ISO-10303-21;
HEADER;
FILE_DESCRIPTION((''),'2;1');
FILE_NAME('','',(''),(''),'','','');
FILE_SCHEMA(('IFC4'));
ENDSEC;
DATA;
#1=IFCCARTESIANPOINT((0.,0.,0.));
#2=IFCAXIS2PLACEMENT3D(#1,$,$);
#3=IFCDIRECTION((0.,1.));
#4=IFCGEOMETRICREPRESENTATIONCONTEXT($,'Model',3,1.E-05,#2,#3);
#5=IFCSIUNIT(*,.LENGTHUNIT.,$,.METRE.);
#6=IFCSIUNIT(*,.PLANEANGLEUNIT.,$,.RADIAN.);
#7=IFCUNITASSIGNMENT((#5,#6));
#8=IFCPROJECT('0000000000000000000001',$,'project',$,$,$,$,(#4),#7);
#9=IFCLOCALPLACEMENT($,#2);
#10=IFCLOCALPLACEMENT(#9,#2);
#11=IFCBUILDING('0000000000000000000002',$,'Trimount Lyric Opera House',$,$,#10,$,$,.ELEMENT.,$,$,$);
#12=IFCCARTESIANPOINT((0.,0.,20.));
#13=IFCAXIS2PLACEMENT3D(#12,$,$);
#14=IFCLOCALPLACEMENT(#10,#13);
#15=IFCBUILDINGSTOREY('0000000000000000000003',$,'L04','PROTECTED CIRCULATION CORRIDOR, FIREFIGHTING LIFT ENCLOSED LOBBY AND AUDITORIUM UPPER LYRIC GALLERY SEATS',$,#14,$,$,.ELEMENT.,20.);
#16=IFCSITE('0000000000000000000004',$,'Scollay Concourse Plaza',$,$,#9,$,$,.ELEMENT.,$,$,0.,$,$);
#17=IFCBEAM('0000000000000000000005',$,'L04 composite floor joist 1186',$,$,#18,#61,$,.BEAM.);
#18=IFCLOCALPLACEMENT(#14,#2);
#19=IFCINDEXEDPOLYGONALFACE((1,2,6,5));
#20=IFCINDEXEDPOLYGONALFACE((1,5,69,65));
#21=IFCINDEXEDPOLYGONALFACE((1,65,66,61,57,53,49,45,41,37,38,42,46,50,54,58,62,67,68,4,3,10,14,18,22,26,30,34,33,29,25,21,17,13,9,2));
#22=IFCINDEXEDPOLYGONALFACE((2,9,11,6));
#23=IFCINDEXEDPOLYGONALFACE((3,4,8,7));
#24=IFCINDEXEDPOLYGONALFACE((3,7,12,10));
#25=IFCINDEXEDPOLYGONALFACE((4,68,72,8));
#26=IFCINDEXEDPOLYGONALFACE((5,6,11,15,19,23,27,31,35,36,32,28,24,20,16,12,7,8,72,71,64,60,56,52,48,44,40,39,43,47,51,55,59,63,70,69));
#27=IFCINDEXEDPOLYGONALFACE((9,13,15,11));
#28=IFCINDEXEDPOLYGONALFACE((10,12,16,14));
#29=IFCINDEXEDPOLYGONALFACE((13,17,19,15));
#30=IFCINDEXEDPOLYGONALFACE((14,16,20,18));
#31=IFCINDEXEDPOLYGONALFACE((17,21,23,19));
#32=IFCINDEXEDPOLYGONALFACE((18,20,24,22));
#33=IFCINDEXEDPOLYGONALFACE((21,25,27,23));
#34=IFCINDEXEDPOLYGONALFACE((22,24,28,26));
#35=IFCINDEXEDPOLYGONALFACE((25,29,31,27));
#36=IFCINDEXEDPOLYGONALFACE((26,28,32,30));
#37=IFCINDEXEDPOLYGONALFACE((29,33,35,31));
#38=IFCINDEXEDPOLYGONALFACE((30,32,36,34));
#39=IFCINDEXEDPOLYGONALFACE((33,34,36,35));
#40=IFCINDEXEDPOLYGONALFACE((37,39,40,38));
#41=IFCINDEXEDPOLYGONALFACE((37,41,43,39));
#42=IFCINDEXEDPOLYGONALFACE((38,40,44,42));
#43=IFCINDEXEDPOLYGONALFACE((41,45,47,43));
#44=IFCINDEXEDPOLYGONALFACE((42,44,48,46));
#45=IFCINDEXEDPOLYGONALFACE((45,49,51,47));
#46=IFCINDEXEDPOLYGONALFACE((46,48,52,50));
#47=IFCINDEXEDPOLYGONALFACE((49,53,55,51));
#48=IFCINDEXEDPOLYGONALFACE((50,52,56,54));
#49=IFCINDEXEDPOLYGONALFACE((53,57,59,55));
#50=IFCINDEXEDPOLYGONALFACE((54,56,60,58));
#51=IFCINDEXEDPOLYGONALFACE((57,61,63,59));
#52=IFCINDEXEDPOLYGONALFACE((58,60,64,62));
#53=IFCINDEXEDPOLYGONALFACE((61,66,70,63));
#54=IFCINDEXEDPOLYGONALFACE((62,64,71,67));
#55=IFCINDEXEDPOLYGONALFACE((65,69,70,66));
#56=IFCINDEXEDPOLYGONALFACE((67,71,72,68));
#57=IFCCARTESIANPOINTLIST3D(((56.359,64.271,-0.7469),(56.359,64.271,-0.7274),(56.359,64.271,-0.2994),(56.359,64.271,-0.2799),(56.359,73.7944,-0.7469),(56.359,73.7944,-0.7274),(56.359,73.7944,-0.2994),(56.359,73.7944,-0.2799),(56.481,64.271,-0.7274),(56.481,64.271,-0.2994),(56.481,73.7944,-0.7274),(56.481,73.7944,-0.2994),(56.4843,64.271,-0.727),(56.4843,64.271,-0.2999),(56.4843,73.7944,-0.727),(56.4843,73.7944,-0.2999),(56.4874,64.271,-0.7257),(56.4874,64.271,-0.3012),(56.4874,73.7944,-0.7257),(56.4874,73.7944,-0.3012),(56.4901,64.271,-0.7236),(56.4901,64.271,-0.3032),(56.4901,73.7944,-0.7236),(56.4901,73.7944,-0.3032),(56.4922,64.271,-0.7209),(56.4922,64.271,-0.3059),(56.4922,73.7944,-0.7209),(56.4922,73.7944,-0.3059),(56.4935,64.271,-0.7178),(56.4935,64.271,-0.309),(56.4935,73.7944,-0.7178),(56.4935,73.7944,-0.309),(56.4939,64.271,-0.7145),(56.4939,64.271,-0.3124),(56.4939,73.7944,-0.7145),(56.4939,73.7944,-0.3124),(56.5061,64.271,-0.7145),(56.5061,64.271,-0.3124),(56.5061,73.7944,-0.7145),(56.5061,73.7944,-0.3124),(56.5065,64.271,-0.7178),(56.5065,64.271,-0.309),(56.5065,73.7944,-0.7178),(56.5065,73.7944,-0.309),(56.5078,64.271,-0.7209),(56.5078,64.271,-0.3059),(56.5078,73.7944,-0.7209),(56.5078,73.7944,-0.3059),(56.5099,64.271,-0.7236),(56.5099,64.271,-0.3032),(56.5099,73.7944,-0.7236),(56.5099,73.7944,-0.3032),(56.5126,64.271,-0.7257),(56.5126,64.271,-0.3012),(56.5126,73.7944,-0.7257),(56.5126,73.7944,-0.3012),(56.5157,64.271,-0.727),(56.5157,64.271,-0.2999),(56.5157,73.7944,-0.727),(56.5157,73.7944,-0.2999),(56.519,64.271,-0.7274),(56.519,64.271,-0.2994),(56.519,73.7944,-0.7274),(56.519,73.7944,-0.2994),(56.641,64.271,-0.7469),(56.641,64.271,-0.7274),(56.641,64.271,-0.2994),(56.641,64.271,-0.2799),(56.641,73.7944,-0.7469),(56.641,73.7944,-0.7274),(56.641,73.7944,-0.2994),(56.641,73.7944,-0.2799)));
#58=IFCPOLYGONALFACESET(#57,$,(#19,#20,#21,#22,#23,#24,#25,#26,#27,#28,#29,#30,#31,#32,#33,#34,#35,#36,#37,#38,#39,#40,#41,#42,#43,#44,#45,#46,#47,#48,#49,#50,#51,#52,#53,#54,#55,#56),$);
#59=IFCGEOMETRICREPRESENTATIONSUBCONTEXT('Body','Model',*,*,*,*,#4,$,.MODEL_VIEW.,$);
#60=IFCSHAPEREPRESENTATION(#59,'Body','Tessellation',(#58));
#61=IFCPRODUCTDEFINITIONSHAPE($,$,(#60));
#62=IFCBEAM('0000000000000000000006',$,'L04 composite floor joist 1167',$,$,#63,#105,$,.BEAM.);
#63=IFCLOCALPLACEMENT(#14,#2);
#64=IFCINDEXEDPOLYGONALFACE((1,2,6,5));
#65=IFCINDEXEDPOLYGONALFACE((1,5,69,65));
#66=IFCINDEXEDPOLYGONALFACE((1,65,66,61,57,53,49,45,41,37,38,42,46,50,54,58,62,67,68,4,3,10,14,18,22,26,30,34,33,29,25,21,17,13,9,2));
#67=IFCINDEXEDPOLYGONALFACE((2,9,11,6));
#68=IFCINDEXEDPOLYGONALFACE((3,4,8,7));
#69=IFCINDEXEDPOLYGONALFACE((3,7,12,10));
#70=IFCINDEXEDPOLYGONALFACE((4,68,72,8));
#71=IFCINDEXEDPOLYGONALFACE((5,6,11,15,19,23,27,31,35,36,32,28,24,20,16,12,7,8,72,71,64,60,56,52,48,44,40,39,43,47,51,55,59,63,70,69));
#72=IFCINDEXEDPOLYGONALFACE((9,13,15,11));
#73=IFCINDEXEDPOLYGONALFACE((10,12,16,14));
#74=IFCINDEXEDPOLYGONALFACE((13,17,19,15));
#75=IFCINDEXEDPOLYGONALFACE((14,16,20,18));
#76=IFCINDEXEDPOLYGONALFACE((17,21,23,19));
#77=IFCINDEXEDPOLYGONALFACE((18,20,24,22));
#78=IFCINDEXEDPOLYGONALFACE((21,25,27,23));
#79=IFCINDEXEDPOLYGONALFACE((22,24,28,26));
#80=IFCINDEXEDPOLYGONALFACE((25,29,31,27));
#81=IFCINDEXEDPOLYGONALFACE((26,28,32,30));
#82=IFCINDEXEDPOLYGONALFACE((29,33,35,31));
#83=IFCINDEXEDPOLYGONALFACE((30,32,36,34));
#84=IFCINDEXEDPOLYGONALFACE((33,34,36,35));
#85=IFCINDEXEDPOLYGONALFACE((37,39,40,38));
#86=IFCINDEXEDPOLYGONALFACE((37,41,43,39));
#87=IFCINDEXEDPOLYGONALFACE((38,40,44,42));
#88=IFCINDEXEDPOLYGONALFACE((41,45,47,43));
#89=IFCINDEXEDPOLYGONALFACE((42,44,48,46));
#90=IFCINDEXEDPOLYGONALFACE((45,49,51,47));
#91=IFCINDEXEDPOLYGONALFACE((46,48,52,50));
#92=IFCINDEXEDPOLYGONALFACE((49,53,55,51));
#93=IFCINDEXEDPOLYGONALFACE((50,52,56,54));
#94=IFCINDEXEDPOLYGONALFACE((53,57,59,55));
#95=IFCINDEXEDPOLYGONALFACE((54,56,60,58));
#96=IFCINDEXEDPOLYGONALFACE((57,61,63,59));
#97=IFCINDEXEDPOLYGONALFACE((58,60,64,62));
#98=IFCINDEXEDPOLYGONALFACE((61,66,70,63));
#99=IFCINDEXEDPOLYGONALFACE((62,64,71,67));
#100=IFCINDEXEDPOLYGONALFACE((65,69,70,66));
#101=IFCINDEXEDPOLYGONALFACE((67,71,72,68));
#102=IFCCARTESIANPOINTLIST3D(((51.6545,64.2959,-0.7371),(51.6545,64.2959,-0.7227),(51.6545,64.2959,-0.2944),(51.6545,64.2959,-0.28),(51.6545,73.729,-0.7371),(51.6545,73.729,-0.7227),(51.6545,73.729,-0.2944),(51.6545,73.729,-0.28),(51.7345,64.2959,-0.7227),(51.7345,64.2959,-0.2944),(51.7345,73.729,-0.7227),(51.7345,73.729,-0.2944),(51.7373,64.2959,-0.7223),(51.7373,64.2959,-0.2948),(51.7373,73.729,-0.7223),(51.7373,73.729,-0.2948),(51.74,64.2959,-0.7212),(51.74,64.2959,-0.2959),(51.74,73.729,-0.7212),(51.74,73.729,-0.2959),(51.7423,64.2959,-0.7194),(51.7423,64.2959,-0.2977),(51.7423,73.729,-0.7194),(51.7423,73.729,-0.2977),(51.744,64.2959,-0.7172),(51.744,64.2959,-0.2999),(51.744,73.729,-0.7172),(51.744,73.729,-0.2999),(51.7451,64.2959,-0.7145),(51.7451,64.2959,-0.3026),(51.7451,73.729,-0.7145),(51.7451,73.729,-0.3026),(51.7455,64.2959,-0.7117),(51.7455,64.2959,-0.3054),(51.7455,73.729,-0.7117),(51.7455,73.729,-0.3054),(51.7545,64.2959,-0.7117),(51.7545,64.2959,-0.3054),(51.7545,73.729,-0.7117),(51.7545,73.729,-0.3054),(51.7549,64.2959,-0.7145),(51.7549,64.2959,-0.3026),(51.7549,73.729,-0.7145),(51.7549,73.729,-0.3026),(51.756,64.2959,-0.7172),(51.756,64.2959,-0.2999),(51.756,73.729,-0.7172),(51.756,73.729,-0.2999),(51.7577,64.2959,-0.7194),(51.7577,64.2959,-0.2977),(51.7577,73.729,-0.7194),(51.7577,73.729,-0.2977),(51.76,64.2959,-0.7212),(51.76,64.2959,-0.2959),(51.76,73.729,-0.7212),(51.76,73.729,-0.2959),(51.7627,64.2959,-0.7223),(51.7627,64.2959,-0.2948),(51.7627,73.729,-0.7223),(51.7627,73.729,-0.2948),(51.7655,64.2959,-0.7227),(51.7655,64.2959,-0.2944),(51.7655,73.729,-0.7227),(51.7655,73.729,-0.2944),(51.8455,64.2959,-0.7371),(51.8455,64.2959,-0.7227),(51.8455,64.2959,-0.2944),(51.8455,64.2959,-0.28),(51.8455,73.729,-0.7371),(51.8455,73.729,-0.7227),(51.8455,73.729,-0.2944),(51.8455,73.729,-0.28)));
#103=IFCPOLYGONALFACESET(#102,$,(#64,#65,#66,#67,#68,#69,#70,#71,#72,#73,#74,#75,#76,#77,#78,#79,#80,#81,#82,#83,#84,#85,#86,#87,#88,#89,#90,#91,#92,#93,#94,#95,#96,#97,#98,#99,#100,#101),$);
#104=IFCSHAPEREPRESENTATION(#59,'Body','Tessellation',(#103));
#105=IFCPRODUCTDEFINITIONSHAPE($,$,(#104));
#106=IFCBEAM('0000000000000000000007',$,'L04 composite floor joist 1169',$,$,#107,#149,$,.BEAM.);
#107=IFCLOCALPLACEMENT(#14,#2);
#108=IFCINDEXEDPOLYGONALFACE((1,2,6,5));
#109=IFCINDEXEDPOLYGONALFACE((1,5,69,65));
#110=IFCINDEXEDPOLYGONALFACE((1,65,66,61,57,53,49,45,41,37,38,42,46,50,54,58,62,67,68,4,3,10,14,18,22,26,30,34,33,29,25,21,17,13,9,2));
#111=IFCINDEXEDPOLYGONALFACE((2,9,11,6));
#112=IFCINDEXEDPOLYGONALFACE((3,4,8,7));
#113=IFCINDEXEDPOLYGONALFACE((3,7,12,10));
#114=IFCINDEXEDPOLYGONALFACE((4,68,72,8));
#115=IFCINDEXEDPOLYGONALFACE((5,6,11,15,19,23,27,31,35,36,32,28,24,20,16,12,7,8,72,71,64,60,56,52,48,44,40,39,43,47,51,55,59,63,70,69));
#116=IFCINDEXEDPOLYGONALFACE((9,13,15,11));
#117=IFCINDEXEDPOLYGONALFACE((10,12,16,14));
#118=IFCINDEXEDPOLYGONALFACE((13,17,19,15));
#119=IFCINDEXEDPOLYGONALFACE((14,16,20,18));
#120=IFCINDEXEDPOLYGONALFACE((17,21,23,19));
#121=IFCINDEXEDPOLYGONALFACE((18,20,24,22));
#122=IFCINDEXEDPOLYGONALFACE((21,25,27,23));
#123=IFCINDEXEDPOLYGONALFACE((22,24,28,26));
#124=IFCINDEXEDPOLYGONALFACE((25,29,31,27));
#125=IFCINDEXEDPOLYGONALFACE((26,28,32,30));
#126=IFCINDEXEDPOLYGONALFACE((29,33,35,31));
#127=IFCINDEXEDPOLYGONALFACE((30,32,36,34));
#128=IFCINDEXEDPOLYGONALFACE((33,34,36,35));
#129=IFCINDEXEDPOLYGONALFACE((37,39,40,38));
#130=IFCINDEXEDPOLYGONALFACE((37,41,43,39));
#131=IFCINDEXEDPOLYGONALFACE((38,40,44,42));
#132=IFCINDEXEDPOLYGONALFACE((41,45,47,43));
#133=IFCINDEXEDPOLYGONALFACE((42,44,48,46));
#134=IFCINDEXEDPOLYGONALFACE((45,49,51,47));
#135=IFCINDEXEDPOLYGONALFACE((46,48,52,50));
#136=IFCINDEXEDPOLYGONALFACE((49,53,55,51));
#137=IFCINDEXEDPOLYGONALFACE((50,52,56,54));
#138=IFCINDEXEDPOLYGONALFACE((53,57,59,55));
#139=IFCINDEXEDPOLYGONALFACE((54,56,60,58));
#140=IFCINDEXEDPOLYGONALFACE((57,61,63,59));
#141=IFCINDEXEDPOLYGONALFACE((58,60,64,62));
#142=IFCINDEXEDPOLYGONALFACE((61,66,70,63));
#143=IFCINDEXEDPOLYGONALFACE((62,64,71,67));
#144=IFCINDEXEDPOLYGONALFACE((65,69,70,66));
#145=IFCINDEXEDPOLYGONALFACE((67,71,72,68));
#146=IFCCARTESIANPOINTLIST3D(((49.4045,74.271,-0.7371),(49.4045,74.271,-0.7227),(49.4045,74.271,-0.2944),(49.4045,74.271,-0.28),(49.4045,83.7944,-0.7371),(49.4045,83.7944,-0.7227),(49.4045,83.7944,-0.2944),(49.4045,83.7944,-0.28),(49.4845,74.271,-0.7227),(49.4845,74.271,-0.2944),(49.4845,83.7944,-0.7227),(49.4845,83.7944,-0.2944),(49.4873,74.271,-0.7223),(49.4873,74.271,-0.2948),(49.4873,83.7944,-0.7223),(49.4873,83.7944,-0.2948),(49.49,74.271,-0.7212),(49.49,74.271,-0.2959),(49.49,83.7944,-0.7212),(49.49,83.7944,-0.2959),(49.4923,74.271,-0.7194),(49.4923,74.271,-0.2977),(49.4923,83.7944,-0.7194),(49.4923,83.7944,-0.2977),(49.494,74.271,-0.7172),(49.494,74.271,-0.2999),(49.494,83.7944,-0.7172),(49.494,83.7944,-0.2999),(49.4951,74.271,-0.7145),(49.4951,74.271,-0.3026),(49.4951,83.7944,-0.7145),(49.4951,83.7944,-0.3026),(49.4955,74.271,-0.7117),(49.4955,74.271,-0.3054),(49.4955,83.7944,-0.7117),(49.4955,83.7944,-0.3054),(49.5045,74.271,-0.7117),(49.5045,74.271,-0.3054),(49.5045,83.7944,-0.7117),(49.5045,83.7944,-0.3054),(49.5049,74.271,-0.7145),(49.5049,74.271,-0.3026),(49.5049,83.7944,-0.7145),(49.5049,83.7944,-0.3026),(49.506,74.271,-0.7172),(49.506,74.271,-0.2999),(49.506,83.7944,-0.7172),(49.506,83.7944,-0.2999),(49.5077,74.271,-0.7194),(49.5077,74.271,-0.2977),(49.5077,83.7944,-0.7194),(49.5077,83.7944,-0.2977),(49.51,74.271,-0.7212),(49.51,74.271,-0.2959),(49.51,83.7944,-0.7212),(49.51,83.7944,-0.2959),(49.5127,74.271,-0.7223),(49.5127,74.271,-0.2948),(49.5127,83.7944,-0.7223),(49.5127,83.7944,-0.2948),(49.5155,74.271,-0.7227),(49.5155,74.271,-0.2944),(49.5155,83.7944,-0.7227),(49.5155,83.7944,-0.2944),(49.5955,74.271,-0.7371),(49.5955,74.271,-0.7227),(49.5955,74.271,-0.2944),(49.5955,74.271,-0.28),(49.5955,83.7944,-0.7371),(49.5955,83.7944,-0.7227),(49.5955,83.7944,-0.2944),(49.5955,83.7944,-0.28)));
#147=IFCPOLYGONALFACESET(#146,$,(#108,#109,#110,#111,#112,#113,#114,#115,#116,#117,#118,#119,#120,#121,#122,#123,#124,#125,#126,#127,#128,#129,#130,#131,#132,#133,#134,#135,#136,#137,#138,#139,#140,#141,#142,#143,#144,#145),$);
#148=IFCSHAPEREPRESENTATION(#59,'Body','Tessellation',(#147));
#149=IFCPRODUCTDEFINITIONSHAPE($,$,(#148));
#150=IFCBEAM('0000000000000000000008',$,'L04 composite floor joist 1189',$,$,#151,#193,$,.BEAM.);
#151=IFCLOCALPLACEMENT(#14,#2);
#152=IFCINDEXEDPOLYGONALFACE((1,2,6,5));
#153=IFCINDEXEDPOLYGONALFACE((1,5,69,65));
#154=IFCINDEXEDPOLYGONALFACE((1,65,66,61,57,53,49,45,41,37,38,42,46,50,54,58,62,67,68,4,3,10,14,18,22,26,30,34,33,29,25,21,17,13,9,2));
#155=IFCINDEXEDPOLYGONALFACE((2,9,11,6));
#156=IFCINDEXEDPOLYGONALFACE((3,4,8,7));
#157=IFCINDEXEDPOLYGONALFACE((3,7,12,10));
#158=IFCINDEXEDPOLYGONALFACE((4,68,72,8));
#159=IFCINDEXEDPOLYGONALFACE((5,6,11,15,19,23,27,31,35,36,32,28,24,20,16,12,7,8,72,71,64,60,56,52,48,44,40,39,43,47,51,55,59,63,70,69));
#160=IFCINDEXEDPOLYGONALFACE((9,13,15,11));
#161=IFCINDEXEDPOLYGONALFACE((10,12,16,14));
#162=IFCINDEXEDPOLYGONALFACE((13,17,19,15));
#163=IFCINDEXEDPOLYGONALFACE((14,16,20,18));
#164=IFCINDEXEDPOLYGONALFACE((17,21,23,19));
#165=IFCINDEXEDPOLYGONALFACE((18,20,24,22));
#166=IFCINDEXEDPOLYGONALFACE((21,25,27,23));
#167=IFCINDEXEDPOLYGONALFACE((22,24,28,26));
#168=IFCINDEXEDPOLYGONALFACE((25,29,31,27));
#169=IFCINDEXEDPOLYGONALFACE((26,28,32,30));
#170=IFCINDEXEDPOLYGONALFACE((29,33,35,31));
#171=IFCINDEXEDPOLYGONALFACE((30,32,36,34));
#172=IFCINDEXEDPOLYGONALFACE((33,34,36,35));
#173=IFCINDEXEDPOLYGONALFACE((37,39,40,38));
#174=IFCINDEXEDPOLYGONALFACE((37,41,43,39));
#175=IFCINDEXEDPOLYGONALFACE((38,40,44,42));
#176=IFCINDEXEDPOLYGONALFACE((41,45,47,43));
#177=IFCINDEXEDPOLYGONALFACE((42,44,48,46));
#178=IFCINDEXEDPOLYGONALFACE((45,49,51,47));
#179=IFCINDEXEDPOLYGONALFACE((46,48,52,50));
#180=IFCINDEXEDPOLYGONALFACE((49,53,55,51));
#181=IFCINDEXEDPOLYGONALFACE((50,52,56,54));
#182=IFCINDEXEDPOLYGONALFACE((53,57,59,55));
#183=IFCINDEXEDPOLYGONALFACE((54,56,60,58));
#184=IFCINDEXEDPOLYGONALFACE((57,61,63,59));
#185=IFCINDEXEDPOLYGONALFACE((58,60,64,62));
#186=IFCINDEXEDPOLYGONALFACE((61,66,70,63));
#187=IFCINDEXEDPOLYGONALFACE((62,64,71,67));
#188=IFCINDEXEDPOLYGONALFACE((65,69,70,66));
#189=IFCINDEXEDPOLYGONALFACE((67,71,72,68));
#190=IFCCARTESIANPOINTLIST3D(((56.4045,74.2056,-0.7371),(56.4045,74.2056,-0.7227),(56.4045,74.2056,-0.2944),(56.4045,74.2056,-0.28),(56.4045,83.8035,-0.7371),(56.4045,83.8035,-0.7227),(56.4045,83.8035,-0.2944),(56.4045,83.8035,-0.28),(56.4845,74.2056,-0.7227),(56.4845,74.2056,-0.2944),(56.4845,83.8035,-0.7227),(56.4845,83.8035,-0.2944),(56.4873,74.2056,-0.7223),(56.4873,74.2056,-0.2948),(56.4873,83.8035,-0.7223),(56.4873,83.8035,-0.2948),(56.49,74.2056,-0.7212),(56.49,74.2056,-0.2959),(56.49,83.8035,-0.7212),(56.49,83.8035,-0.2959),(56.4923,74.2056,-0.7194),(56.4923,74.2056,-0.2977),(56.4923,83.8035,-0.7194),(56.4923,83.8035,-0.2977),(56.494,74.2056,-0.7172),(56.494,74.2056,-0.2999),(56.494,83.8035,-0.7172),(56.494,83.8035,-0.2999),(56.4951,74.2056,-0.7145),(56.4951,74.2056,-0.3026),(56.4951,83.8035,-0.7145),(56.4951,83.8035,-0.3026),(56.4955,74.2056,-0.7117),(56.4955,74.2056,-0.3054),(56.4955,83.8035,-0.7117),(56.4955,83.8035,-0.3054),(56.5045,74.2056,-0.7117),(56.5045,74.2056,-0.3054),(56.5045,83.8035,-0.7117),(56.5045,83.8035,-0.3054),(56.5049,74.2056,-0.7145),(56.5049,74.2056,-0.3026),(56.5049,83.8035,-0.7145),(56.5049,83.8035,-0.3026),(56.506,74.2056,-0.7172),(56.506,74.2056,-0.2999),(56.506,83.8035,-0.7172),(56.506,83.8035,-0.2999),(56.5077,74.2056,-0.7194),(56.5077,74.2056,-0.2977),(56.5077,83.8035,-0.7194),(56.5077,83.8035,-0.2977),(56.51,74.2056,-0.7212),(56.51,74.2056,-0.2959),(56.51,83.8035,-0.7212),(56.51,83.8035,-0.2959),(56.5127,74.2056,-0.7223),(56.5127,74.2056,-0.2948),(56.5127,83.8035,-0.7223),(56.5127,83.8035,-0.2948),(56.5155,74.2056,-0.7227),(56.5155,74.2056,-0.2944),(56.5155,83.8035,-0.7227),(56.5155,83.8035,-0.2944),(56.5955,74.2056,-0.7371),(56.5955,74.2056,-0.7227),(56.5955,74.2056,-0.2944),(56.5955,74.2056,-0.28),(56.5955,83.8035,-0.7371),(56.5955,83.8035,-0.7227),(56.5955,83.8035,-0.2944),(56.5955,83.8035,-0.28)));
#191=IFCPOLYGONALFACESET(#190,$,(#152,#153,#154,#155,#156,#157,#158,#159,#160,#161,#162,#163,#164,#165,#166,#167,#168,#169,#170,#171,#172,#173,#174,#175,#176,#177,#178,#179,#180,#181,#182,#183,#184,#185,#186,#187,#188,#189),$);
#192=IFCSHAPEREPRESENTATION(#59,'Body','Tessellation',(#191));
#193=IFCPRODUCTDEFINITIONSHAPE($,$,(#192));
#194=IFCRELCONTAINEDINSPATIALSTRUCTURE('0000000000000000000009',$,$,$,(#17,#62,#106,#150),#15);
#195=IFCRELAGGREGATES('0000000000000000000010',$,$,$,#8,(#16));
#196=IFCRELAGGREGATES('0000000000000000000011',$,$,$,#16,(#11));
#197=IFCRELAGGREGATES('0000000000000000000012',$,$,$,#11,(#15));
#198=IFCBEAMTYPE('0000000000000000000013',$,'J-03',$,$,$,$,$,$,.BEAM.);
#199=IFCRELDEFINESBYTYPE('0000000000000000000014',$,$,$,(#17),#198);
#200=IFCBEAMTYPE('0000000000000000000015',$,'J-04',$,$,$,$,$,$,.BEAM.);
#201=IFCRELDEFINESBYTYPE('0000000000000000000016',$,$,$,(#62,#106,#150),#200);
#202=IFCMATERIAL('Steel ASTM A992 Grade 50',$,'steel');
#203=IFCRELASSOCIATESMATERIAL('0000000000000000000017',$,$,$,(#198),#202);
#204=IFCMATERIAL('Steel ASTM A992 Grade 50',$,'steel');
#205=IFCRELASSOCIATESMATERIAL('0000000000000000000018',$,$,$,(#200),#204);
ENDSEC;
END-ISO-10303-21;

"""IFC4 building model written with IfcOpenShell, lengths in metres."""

from ifc_helpers import new_model, si_unit, direction, frame, origin, origin_2d, place, context, subcontext, project, spatial, i_section, extrude, material, material_profile, profile_set, type_object, element, save


model = new_model("IFC4")

# Units and contexts
model_context = context("Model", 3, precision=1e-05, world=origin(), true_north=direction((0.0, 1.0)))
body_context = subcontext(model_context, "Body", "Model", "MODEL_VIEW")
ifc_project = project(units=[si_unit("LENGTHUNIT", "METRE"), si_unit("PLANEANGLEUNIT", "RADIAN")], contexts=[model_context])

# Site, building, storey
site_placement = place(None, origin())
site = spatial("IfcSite", under=ifc_project, at=site_placement, Name="Scollay Concourse Plaza", CompositionType="ELEMENT", RefElevation=0.0)
building_placement = place(site_placement, origin())
building = spatial("IfcBuilding", under=site, at=building_placement, Name="Trimount Lyric Opera House", CompositionType="ELEMENT")
storey_placement = place(building_placement, frame((0.0, 0.0, 20.0)))
storey = spatial("IfcBuildingStorey", under=building, at=storey_placement, Name="L04", Description="PROTECTED CIRCULATION CORRIDOR, FIREFIGHTING LIFT ENCLOSED LOBBY AND AUDITORIUM UPPER LYRIC GALLERY SEATS", CompositionType="ELEMENT", Elevation=20.0)

# Beams
ifc_material_1 = material(Name="Steel ASTM A992 Grade 50", Category="steel")
ifc_material_profile_1 = material_profile(ifc_material_1, i_section(OverallWidth=0.282, OverallDepth=0.467, WebThickness=0.0122, FlangeThickness=0.0195, FilletRadius=0.0129, at=origin_2d()), Name="W18X86")
ifc_profile_set_1 = profile_set([ifc_material_profile_1], Name="Steel ASTM A992 Grade 50")
beam_type_1 = type_object("IfcBeamType", Name="J-03", PredefinedType="BEAM", material=ifc_profile_set_1)
for number, where, z_axis, x_axis, name in (
    (1, (56.5, 64.271, -0.5134), (0.0, 1.0, 0.0), (-1.0, 0.0, 0.0), "L04 composite floor joist 1186"),
):
    element("IfcBeam", number, at=place(storey_placement, frame(where, z_axis=z_axis, x_axis=x_axis)), inside=storey, type_object=beam_type_1, Name=name, PredefinedType="BEAM", context=body_context, shape_type="SweptSolid", body=[
        extrude(i_section(OverallWidth=0.282, OverallDepth=0.467, WebThickness=0.0122, FlangeThickness=0.0195, FilletRadius=0.0129, at=origin_2d()), origin(), (0.0, 0.0, 1.0), 9.5234),
    ])
ifc_material_2 = material(Name="Steel ASTM A992 Grade 50", Category="steel")
ifc_material_profile_2 = material_profile(ifc_material_2, i_section(OverallWidth=0.1909, OverallDepth=0.457, WebThickness=0.009, FlangeThickness=0.0144, FilletRadius=0.011, at=origin_2d()), Name="W18X50")
ifc_profile_set_2 = profile_set([ifc_material_profile_2], Name="Steel ASTM A992 Grade 50")
beam_type_2 = type_object("IfcBeamType", Name="J-04", PredefinedType="BEAM", material=ifc_profile_set_2)
beam_1_placement = place(storey_placement, frame((51.75, 64.2959, -0.5085), z_axis=(0.0, 1.0, 0.0), x_axis=(-1.0, 0.0, 0.0)))
element("IfcBeam", 2, at=beam_1_placement, inside=storey, type_object=beam_type_2, Name="L04 composite floor joist 1167", PredefinedType="BEAM", context=body_context, shape_type="SweptSolid", body=[
    extrude(i_section(OverallWidth=0.1909, OverallDepth=0.457, WebThickness=0.009, FlangeThickness=0.0144, FilletRadius=0.011, at=origin_2d()), origin(), (0.0, 0.0, 1.0), 9.4331),
])
beam_2_placement = place(storey_placement, frame((49.5, 74.271, -0.5085), z_axis=(0.0, 1.0, 0.0), x_axis=(-1.0, 0.0, 0.0)))
element("IfcBeam", 3, at=beam_2_placement, inside=storey, type_object=beam_type_2, Name="L04 composite floor joist 1169", PredefinedType="BEAM", context=body_context, shape_type="SweptSolid", body=[
    extrude(i_section(OverallWidth=0.1909, OverallDepth=0.457, WebThickness=0.009, FlangeThickness=0.0144, FilletRadius=0.011, at=origin_2d()), origin(), (0.0, 0.0, 1.0), 9.5234),
])
beam_3_placement = place(storey_placement, frame((56.5, 74.2056, -0.5085), z_axis=(0.0, 1.0, 0.0), x_axis=(-1.0, 0.0, 0.0)))
element("IfcBeam", 4, at=beam_3_placement, inside=storey, type_object=beam_type_2, Name="L04 composite floor joist 1189", PredefinedType="BEAM", context=body_context, shape_type="SweptSolid", body=[
    extrude(i_section(OverallWidth=0.1909, OverallDepth=0.457, WebThickness=0.009, FlangeThickness=0.0144, FilletRadius=0.011, at=origin_2d()), origin(), (0.0, 0.0, 1.0), 9.5979),
])

save(model, "model.ifc")
